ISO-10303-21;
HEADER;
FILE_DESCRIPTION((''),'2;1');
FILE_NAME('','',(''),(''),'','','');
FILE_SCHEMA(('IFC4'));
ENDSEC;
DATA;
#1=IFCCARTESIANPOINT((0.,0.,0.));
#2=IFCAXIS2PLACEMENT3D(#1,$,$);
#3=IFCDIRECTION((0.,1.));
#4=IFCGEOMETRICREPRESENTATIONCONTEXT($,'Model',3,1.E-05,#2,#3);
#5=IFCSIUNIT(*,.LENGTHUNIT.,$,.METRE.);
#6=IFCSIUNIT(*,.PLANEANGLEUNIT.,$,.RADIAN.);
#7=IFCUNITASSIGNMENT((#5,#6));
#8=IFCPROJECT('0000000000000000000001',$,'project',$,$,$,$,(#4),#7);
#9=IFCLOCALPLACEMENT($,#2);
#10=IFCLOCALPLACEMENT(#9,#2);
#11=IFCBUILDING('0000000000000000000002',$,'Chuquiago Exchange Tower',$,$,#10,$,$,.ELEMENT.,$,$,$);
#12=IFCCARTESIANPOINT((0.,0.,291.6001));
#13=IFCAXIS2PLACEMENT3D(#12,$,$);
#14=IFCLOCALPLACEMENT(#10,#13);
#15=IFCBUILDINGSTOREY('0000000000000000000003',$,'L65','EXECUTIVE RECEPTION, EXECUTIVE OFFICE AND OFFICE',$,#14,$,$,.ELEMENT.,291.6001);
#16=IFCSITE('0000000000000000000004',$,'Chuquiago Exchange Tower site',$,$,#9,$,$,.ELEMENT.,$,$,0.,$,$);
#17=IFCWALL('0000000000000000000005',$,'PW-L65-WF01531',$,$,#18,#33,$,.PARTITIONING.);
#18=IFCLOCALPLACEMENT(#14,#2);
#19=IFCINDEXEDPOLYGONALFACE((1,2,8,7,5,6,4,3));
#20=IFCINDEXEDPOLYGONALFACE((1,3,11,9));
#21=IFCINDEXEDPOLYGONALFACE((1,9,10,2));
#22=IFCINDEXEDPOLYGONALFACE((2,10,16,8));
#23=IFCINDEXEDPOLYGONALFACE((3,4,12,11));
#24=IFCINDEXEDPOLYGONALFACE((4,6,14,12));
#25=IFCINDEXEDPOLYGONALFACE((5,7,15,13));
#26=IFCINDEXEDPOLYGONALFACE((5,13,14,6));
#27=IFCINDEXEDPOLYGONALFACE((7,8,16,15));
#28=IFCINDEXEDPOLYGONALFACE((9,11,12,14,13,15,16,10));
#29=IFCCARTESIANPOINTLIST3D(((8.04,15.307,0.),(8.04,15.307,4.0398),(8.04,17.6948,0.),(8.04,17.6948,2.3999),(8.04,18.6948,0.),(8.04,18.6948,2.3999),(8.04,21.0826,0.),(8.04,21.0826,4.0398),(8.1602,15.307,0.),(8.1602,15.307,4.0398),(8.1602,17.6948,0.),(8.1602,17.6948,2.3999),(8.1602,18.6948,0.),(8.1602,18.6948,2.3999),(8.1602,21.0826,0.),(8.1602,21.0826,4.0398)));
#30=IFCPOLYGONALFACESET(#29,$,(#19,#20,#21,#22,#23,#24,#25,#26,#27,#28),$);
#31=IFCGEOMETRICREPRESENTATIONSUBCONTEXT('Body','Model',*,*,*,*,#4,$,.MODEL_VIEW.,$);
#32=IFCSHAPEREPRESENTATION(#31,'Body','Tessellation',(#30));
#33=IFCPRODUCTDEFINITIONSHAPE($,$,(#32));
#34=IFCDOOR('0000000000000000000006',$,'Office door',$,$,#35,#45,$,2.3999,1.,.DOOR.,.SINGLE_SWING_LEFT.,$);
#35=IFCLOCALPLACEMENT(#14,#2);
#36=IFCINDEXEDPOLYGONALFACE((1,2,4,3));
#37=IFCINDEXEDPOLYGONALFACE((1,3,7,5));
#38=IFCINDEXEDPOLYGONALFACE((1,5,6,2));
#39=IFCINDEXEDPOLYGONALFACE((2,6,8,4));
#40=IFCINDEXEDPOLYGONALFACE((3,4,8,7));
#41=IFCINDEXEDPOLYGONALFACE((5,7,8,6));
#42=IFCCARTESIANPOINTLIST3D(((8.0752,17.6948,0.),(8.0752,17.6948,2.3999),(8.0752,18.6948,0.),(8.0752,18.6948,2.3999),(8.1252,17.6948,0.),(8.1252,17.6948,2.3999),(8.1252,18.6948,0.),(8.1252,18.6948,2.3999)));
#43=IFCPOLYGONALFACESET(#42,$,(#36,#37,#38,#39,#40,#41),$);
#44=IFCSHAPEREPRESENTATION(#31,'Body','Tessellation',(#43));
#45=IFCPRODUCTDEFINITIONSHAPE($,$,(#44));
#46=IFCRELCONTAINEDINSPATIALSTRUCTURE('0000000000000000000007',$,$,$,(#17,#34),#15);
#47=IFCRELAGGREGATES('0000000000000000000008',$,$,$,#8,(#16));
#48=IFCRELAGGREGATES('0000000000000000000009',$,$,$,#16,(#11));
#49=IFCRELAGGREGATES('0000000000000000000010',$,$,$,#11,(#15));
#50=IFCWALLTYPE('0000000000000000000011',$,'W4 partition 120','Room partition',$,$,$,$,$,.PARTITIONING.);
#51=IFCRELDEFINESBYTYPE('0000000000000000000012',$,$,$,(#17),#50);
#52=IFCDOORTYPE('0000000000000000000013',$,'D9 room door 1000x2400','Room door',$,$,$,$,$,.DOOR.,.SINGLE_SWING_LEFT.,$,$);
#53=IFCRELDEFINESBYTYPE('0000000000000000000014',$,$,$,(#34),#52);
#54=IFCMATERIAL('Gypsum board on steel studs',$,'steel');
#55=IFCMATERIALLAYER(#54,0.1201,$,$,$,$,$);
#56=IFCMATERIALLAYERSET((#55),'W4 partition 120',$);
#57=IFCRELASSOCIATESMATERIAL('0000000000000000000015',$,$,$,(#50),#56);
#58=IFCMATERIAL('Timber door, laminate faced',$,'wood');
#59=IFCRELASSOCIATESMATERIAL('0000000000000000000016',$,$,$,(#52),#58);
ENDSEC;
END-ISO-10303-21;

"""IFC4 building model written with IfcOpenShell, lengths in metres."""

from ifc_helpers import new_model, si_unit, direction, frame, frame_2d, origin, place, context, subcontext, project, spatial, rectangle, extrude, material, layer, layer_set, type_object, element, fill, save


model = new_model("IFC4")

# Units and contexts
model_context = context("Model", 3, precision=1e-05, world=origin(), true_north=direction((0.0, 1.0)))
body_context = subcontext(model_context, "Body", "Model", "MODEL_VIEW")
ifc_project = project(units=[si_unit("LENGTHUNIT", "METRE"), si_unit("PLANEANGLEUNIT", "RADIAN")], contexts=[model_context])

# Site, building, storey
site_placement = place(None, origin())
site = spatial("IfcSite", under=ifc_project, at=site_placement, Name="Chuquiago Exchange Tower site", CompositionType="ELEMENT", RefElevation=0.0)
building_placement = place(site_placement, origin())
building = spatial("IfcBuilding", under=site, at=building_placement, Name="Chuquiago Exchange Tower", CompositionType="ELEMENT")
storey_placement = place(building_placement, frame((0.0, 0.0, 291.6001)))
storey = spatial("IfcBuildingStorey", under=building, at=storey_placement, Name="L65", Description="EXECUTIVE RECEPTION, EXECUTIVE OFFICE AND OFFICE", CompositionType="ELEMENT", Elevation=291.6001)

# Shared definitions
ifc_material_1 = material(Name="Gypsum board on steel studs", Category="steel")
ifc_layer_1 = layer(ifc_material_1, 0.1201)
ifc_layer_set_1 = layer_set([ifc_layer_1], Name="W4 partition 120")
wall_type_1 = type_object("IfcWallType", Name="W4 partition 120", Description="Room partition", PredefinedType="PARTITIONING", material=ifc_layer_set_1)

# Wall, opening, door
wall_1_placement = place(storey_placement, frame((8.1001, 15.3071, 0.0), z_axis=(0.0, 0.0, 1.0), x_axis=(0.0, 1.0, 0.0)))
wall_1 = element("IfcWall", 1, at=wall_1_placement, inside=storey, type_object=wall_type_1, Name="PW-L65-WF01531", PredefinedType="PARTITIONING", context=body_context, shape_type="SweptSolid", body=[
    extrude(rectangle(XDim=5.7756, YDim=0.1201, at=frame_2d((2.8877, 0.0))), origin(), (0.0, 0.0, 1.0), 4.0398),
])
opening_1_placement = place(wall_1_placement, frame((2.3877, 0.0, 0.0)))
opening_1 = element("IfcOpeningElement", 2, at=opening_1_placement, cuts=wall_1, PredefinedType="OPENING", context=body_context, shape_type="SweptSolid", body=[
    extrude(rectangle(XDim=1.0, YDim=2.3999, at=frame_2d((0.5, 1.2))), frame((0.0, 0.0701, 0.0), z_axis=(0.0, -1.0, 0.0), x_axis=(1.0, 0.0, 0.0)), (0.0, 0.0, 1.0), 0.1401),
])
ifc_material_2 = material(Name="Timber door, laminate faced", Category="wood")
door_type_1 = type_object("IfcDoorType", Name="D9 room door 1000x2400", Description="Room door", OperationType="SINGLE_SWING_LEFT", PredefinedType="DOOR", material=ifc_material_2)
door_1_placement = place(opening_1_placement, origin())
door_1 = element("IfcDoor", 3, at=door_1_placement, inside=storey, type_object=door_type_1, Name="Office door", OperationType="SINGLE_SWING_LEFT", OverallHeight=2.3999, OverallWidth=1.0, PredefinedType="DOOR", context=body_context, shape_type="SweptSolid", body=[
    extrude(rectangle(XDim=1.0, YDim=2.3999, at=frame_2d((0.5, 1.2))), frame((0.0, 0.0249, 0.0), z_axis=(0.0, -1.0, 0.0), x_axis=(1.0, 0.0, 0.0)), (0.0, 0.0, 1.0), 0.05),
])
fill(opening_1, door_1)

save(model, "model.ifc")
